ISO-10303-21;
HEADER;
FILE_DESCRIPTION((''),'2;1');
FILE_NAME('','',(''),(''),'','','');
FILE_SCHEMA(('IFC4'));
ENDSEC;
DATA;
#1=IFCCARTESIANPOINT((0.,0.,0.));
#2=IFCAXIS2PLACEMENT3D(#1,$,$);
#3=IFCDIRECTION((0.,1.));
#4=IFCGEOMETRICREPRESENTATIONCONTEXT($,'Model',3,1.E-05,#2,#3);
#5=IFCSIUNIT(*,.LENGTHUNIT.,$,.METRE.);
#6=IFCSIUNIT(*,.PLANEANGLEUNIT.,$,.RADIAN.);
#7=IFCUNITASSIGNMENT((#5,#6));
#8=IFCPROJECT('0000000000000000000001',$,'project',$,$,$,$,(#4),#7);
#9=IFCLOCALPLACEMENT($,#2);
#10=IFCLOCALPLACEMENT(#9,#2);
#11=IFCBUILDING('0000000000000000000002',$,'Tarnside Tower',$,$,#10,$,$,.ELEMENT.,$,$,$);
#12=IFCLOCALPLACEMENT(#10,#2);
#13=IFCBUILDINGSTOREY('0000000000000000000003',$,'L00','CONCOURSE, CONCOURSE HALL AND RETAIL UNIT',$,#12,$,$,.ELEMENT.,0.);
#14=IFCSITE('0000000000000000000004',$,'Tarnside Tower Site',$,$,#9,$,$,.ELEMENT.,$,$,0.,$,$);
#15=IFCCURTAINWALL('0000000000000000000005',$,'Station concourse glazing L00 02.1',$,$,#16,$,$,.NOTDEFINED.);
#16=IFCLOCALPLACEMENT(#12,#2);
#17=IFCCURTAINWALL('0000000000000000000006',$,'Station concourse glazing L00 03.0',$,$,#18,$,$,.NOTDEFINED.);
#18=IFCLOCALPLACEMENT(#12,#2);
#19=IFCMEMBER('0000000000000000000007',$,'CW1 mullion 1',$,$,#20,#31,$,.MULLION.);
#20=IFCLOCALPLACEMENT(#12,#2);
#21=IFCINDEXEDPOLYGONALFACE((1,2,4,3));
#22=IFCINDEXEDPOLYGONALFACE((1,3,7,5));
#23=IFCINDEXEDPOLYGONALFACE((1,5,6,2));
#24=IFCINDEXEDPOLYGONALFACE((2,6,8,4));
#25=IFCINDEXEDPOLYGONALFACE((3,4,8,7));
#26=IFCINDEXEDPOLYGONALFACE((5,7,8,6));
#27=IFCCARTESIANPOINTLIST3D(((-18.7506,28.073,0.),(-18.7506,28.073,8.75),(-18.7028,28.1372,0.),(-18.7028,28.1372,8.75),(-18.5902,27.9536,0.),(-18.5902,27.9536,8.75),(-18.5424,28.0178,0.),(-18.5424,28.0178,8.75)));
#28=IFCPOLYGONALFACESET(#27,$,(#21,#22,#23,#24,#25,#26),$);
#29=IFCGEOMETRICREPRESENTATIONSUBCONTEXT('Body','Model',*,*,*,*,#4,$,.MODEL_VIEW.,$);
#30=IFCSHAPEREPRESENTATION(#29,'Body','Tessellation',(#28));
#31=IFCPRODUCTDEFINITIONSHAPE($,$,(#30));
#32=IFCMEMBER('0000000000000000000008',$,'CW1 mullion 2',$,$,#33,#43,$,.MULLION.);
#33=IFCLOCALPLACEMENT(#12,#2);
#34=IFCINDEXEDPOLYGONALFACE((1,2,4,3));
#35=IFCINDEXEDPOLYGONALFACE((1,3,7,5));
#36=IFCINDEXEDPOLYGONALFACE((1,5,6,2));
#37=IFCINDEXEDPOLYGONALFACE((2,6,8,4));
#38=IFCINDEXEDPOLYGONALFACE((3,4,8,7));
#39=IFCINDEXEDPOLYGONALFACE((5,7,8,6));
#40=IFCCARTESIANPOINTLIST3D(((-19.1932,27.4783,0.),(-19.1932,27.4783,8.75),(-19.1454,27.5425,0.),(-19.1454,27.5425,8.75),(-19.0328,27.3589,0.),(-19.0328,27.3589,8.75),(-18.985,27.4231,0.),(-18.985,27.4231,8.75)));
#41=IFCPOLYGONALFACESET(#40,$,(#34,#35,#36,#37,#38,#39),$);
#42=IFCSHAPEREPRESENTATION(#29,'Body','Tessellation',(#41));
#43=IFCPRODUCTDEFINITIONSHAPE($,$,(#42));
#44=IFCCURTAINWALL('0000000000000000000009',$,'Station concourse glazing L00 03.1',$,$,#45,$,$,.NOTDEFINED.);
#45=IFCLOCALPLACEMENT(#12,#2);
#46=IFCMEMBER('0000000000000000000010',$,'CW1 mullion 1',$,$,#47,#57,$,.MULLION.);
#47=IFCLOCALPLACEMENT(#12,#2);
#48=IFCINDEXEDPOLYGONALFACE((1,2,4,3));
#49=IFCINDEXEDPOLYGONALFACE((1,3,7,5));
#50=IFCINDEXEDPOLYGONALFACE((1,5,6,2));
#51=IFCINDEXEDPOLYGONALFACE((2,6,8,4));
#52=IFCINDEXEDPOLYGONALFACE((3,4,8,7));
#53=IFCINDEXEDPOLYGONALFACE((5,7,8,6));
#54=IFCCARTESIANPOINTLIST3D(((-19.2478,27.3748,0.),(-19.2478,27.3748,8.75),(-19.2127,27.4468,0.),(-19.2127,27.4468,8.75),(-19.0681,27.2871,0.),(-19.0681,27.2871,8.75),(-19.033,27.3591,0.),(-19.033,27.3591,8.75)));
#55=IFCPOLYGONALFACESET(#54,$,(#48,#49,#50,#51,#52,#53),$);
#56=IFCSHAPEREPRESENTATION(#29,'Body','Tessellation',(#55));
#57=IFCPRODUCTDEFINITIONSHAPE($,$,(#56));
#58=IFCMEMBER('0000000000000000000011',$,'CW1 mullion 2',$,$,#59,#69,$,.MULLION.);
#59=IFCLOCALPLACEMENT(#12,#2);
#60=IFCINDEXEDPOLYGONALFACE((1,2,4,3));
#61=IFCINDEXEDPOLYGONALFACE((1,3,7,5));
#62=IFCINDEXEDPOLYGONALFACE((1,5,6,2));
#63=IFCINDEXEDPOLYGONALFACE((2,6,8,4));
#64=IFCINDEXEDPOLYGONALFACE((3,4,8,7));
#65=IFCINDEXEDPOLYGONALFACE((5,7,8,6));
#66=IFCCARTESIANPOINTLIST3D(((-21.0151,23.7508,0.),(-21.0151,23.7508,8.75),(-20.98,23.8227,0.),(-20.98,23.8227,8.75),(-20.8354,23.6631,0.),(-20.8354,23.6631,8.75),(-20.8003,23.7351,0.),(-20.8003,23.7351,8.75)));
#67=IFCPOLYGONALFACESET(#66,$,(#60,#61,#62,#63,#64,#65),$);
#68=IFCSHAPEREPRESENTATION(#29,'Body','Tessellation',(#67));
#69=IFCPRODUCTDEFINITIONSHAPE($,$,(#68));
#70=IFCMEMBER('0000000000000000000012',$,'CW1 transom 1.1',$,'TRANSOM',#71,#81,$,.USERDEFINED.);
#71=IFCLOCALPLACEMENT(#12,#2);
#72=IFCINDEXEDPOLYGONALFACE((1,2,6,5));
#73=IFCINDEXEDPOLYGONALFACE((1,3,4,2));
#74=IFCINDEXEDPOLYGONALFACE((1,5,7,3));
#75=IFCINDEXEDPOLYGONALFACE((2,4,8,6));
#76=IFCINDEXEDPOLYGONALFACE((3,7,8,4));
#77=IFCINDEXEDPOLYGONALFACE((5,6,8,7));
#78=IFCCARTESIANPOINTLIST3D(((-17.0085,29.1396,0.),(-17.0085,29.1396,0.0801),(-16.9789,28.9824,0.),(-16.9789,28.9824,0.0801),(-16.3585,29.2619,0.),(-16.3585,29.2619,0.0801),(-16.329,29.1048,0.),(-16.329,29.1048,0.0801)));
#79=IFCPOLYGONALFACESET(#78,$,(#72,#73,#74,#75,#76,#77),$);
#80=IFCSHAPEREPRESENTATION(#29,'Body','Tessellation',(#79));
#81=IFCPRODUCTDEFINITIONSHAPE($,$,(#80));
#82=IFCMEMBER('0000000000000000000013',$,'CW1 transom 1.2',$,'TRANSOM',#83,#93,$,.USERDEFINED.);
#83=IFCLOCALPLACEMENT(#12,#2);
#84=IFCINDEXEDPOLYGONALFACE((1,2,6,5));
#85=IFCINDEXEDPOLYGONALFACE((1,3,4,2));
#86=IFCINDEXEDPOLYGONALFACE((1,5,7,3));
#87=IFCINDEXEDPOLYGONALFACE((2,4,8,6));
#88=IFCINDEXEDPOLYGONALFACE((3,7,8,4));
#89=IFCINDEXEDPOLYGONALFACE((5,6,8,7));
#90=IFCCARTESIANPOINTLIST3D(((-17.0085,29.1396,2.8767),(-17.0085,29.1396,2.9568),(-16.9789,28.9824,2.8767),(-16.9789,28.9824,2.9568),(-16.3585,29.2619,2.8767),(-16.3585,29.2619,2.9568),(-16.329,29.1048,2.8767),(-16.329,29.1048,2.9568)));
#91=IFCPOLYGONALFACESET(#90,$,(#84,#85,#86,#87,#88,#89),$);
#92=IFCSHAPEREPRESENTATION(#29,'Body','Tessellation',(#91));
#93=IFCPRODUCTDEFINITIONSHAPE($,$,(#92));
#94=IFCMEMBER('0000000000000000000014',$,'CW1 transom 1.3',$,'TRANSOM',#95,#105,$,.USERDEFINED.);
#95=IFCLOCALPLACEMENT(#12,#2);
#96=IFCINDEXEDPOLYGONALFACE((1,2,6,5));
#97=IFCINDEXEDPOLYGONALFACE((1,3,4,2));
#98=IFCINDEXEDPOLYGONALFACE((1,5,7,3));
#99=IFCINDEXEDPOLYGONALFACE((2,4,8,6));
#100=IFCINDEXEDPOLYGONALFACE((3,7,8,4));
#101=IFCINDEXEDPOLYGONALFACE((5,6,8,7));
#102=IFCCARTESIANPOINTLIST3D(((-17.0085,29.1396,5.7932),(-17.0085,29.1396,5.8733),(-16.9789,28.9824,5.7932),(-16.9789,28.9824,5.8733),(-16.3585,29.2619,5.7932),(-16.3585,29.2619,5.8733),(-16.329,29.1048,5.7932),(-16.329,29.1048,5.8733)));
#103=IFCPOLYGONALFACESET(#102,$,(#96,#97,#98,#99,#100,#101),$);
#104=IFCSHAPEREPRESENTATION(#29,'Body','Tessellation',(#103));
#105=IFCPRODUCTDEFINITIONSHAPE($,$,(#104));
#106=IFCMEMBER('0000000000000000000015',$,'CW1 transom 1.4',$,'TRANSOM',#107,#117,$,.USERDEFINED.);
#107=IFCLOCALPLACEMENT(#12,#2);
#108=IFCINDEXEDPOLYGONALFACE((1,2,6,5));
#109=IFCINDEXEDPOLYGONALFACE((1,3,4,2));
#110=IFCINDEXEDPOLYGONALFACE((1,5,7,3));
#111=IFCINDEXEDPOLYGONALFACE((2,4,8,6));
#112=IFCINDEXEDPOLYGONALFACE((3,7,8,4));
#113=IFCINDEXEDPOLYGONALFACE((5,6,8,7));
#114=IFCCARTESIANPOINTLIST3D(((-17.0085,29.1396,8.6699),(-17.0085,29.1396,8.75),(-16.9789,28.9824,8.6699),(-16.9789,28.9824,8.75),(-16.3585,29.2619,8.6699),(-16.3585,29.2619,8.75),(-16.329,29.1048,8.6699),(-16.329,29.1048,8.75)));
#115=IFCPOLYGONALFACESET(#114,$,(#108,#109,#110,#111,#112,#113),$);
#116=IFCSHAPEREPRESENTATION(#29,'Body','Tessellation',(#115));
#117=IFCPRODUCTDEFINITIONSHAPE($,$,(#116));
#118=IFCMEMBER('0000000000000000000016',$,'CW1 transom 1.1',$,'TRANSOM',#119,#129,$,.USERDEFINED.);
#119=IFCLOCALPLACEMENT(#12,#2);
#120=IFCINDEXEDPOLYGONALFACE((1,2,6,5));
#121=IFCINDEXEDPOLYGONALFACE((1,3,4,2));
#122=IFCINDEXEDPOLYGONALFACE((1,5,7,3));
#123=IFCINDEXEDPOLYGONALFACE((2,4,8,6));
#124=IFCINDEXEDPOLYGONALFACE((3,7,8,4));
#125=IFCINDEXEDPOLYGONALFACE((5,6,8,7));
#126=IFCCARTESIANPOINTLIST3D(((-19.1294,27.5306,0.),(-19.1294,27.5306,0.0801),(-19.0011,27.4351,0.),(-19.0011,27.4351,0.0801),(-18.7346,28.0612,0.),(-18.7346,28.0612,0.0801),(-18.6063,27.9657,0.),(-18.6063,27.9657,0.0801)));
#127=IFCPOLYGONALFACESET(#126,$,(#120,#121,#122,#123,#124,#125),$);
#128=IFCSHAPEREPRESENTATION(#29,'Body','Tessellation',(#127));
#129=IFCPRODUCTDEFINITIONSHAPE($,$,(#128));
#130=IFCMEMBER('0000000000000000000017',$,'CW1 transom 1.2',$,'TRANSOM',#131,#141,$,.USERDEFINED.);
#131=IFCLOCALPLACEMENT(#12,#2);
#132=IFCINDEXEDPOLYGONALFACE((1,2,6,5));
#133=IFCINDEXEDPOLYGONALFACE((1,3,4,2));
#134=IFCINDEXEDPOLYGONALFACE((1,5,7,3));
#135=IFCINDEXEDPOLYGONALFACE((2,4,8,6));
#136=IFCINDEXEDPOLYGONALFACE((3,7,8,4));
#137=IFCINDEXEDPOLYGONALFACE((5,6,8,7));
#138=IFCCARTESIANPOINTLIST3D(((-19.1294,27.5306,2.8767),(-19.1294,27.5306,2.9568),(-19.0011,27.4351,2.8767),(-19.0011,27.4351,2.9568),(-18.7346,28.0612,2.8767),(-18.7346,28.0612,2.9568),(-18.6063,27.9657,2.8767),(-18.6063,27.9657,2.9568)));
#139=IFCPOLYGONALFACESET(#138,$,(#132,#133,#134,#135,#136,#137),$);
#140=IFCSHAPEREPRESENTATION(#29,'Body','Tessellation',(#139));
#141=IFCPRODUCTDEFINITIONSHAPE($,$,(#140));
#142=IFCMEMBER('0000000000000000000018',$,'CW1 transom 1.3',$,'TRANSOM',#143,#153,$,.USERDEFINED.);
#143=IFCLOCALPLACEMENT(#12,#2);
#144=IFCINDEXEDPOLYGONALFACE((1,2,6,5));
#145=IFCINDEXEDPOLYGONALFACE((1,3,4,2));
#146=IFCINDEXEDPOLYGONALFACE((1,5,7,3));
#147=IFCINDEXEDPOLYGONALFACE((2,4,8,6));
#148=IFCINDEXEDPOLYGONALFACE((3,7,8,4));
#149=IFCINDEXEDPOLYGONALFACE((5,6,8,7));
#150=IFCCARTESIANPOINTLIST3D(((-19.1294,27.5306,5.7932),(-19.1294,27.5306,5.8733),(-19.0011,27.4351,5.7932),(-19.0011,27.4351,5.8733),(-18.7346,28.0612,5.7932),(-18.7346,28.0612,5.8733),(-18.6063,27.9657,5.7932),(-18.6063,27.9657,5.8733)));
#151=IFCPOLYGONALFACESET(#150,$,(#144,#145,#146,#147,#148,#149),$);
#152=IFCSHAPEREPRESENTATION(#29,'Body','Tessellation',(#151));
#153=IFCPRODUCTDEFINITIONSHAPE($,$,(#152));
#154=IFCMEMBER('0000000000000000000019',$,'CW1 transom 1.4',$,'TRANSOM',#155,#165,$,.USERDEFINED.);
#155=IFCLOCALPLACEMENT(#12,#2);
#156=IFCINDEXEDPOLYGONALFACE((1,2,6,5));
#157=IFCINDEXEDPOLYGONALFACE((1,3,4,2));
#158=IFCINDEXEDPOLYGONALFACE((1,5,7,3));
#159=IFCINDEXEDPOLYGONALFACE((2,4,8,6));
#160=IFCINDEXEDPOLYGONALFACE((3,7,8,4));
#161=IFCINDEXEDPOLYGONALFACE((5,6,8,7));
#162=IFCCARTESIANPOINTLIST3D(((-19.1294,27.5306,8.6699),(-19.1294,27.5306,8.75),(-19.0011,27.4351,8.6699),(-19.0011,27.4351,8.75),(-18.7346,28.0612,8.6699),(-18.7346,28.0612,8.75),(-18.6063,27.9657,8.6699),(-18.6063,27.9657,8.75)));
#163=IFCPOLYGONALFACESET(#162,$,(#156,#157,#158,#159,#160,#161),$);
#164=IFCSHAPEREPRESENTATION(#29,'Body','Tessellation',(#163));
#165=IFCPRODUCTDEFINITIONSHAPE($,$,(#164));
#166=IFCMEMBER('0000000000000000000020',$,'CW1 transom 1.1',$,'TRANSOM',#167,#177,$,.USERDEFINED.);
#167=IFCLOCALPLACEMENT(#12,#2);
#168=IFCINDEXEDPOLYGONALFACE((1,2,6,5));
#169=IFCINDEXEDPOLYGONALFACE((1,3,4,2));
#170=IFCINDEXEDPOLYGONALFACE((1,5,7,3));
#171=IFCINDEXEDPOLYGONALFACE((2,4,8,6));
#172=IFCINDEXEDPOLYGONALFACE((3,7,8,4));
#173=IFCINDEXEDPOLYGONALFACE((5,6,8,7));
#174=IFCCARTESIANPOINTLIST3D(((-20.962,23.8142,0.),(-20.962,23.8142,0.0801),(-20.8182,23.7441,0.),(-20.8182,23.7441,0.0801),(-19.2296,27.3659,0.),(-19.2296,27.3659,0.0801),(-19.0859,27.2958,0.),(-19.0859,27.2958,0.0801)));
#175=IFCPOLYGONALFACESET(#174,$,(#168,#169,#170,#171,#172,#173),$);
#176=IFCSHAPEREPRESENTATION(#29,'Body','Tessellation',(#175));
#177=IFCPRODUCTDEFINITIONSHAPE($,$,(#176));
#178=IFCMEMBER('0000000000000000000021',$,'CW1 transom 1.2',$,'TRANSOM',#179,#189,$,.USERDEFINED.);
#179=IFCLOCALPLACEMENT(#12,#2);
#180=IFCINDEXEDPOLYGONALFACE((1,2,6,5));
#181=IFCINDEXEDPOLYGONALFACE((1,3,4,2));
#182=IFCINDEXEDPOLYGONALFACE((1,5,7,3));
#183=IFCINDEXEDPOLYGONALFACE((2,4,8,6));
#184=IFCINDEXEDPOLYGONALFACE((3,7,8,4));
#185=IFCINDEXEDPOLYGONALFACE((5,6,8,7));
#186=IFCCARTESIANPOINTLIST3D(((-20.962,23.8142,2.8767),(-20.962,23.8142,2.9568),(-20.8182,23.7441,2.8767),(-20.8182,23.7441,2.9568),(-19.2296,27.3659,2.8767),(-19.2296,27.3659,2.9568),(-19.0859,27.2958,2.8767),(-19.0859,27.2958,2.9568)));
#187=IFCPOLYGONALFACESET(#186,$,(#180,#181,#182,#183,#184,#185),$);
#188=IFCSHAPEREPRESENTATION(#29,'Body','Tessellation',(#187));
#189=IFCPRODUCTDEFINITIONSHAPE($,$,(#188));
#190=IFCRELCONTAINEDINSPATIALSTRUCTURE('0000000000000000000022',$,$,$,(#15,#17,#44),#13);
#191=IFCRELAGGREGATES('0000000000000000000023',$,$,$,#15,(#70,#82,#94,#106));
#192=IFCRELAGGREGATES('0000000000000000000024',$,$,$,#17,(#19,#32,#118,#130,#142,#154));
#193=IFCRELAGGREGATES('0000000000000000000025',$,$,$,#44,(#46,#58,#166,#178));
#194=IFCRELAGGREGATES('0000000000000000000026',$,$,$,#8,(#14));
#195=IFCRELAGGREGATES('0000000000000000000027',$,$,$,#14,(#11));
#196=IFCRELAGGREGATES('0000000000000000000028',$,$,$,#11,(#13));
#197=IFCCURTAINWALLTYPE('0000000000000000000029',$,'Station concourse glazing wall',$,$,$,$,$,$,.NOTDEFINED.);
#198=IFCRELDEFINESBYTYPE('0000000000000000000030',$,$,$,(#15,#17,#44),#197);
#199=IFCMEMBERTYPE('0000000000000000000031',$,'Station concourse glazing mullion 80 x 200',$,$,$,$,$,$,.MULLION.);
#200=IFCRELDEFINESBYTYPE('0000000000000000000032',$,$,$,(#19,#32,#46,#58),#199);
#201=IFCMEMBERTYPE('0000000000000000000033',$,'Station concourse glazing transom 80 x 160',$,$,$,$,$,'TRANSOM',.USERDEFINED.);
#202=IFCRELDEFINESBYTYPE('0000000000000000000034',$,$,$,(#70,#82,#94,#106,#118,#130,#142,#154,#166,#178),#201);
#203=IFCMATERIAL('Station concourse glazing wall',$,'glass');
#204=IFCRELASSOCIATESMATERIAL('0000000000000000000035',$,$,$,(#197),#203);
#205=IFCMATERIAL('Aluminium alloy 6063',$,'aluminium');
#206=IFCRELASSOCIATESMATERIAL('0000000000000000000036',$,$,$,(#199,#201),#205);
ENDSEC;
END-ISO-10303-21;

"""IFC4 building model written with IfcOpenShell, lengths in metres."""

from ifc_helpers import new_model, si_unit, direction, frame, origin, origin_2d, place, context, subcontext, project, spatial, rectangle, extrude, material, material_profile, profile_set, type_object, element, aggregate, save


model = new_model("IFC4")

# Units and contexts
model_context = context("Model", 3, precision=1e-05, world=origin(), true_north=direction((0.0, 1.0)))
body_context = subcontext(model_context, "Body", "Model", "MODEL_VIEW")
ifc_project = project(units=[si_unit("LENGTHUNIT", "METRE"), si_unit("PLANEANGLEUNIT", "RADIAN")], contexts=[model_context])

# Site, building, storey
site_placement = place(None, origin())
site = spatial("IfcSite", under=ifc_project, at=site_placement, Name="Tarnside Tower Site", CompositionType="ELEMENT", RefElevation=0.0)
building_placement = place(site_placement, origin())
building = spatial("IfcBuilding", under=site, at=building_placement, Name="Tarnside Tower", CompositionType="ELEMENT")
storey_placement = place(building_placement, origin())
storey = spatial("IfcBuildingStorey", under=building, at=storey_placement, Name="L00", Description="CONCOURSE, CONCOURSE HALL AND RETAIL UNIT", CompositionType="ELEMENT", Elevation=0.0)

# Shared definitions
ifc_material_1 = material(Name="Station concourse glazing wall", Category="glass")
curtain_wall_type = type_object("IfcCurtainWallType", Name="Station concourse glazing wall", PredefinedType="NOTDEFINED", material=ifc_material_1)
ifc_material_2 = material(Name="Aluminium alloy 6063", Category="aluminium")
ifc_material_profile_1 = material_profile(ifc_material_2, rectangle(XDim=0.2, YDim=0.0801, at=origin_2d()), Name="Station concourse glazing mullion 80 x 200")
ifc_profile_set_1 = profile_set([ifc_material_profile_1], Name="Aluminium alloy 6063")
member_type_1 = type_object("IfcMemberType", Name="Station concourse glazing mullion 80 x 200", PredefinedType="MULLION", material=ifc_profile_set_1)

# Curtain walls, members
curtain_wall_1_placement = place(storey_placement, origin())
curtain_wall_1 = element("IfcCurtainWall", 1, at=curtain_wall_1_placement, inside=storey, type_object=curtain_wall_type, Name="Station concourse glazing L00 02.1", PredefinedType="NOTDEFINED")
curtain_wall_2_placement = place(storey_placement, origin())
curtain_wall_2 = element("IfcCurtainWall", 2, at=curtain_wall_2_placement, inside=storey, type_object=curtain_wall_type, Name="Station concourse glazing L00 03.0", PredefinedType="NOTDEFINED")
member_1_placement = place(storey_placement, frame((-18.6465, 28.0454, 0.0), z_axis=(0.0, 0.0, 1.0), x_axis=(0.802123, -0.597159, 0.0)))
member_1 = element("IfcMember", 3, at=member_1_placement, type_object=member_type_1, Name="CW1 mullion 1", PredefinedType="MULLION", context=body_context, shape_type="SweptSolid", body=[
    extrude(rectangle(XDim=0.2, YDim=0.0801, at=origin_2d()), origin(), (0.0, 0.0, 1.0), 8.75),
])
member_2_placement = place(storey_placement, frame((-19.0891, 27.4507, 0.0), z_axis=(0.0, 0.0, 1.0), x_axis=(0.802123, -0.597159, 0.0)))
member_2 = element("IfcMember", 4, at=member_2_placement, type_object=member_type_1, Name="CW1 mullion 2", PredefinedType="MULLION", context=body_context, shape_type="SweptSolid", body=[
    extrude(rectangle(XDim=0.2, YDim=0.0801, at=origin_2d()), origin(), (0.0, 0.0, 1.0), 8.75),
])
curtain_wall_3_placement = place(storey_placement, origin())
curtain_wall_3 = element("IfcCurtainWall", 5, at=curtain_wall_3_placement, inside=storey, type_object=curtain_wall_type, Name="Station concourse glazing L00 03.1", PredefinedType="NOTDEFINED")
member_3_placement = place(storey_placement, frame((-19.1404, 27.3669, 0.0), z_axis=(0.0, 0.0, 1.0), x_axis=(0.898794, -0.438371, 0.0)))
member_3 = element("IfcMember", 6, at=member_3_placement, type_object=member_type_1, Name="CW1 mullion 1", PredefinedType="MULLION", context=body_context, shape_type="SweptSolid", body=[
    extrude(rectangle(XDim=0.2, YDim=0.0801, at=origin_2d()), origin(), (0.0, 0.0, 1.0), 8.75),
])
member_4_placement = place(storey_placement, frame((-20.9077, 23.7429, 0.0), z_axis=(0.0, 0.0, 1.0), x_axis=(0.898794, -0.438371, 0.0)))
member_4 = element("IfcMember", 7, at=member_4_placement, type_object=member_type_1, Name="CW1 mullion 2", PredefinedType="MULLION", context=body_context, shape_type="SweptSolid", body=[
    extrude(rectangle(XDim=0.2, YDim=0.0801, at=origin_2d()), origin(), (0.0, 0.0, 1.0), 8.75),
])

# Members
ifc_material_profile_2 = material_profile(ifc_material_2, rectangle(XDim=0.1599, YDim=0.0801, at=origin_2d()), Name="Station concourse glazing transom 80 x 160")
ifc_profile_set_2 = profile_set([ifc_material_profile_2], Name="Aluminium alloy 6063")
member_type_2 = type_object("IfcMemberType", Name="Station concourse glazing transom 80 x 160", ElementType="TRANSOM", PredefinedType="USERDEFINED", material=ifc_profile_set_2)
member_5_placement = place(storey_placement, frame((-16.3438, 29.1833, 0.04), z_axis=(-0.982747, -0.184957, 0.0), x_axis=(0.184957, -0.982747, 0.0)))
member_5 = element("IfcMember", 8, at=member_5_placement, type_object=member_type_2, Name="CW1 transom 1.1", ObjectType="TRANSOM", PredefinedType="USERDEFINED", context=body_context, shape_type="SweptSolid", body=[
    extrude(rectangle(XDim=0.1599, YDim=0.0801, at=origin_2d()), origin(), (0.0, 0.0, 1.0), 0.6614),
])
member_6_placement = place(storey_placement, frame((-16.3438, 29.1833, 2.9167), z_axis=(-0.982747, -0.184957, 0.0), x_axis=(0.184957, -0.982747, 0.0)))
member_6 = element("IfcMember", 9, at=member_6_placement, type_object=member_type_2, Name="CW1 transom 1.2", ObjectType="TRANSOM", PredefinedType="USERDEFINED", context=body_context, shape_type="SweptSolid", body=[
    extrude(rectangle(XDim=0.1599, YDim=0.0801, at=origin_2d()), origin(), (0.0, 0.0, 1.0), 0.6614),
])
member_7_placement = place(storey_placement, frame((-16.3438, 29.1833, 5.8333), z_axis=(-0.982747, -0.184957, 0.0), x_axis=(0.184957, -0.982747, 0.0)))
member_7 = element("IfcMember", 10, at=member_7_placement, type_object=member_type_2, Name="CW1 transom 1.3", ObjectType="TRANSOM", PredefinedType="USERDEFINED", context=body_context, shape_type="SweptSolid", body=[
    extrude(rectangle(XDim=0.1599, YDim=0.0801, at=origin_2d()), origin(), (0.0, 0.0, 1.0), 0.6614),
])
member_8_placement = place(storey_placement, frame((-16.3438, 29.1833, 8.71), z_axis=(-0.982747, -0.184957, 0.0), x_axis=(0.184957, -0.982747, 0.0)))
member_8 = element("IfcMember", 11, at=member_8_placement, type_object=member_type_2, Name="CW1 transom 1.4", ObjectType="TRANSOM", PredefinedType="USERDEFINED", context=body_context, shape_type="SweptSolid", body=[
    extrude(rectangle(XDim=0.1599, YDim=0.0801, at=origin_2d()), origin(), (0.0, 0.0, 1.0), 0.6614),
])
member_9_placement = place(storey_placement, frame((-18.6704, 28.0134, 0.04), z_axis=(-0.596983, -0.802254, 0.0), x_axis=(0.802254, -0.596983, 0.0)))
member_9 = element("IfcMember", 12, at=member_9_placement, type_object=member_type_2, Name="CW1 transom 1.1", ObjectType="TRANSOM", PredefinedType="USERDEFINED", context=body_context, shape_type="SweptSolid", body=[
    extrude(rectangle(XDim=0.1599, YDim=0.0801, at=origin_2d()), origin(), (0.0, 0.0, 1.0), 0.6614),
])
member_10_placement = place(storey_placement, frame((-18.6704, 28.0134, 2.9167), z_axis=(-0.596983, -0.802254, 0.0), x_axis=(0.802254, -0.596983, 0.0)))
member_10 = element("IfcMember", 13, at=member_10_placement, type_object=member_type_2, Name="CW1 transom 1.2", ObjectType="TRANSOM", PredefinedType="USERDEFINED", context=body_context, shape_type="SweptSolid", body=[
    extrude(rectangle(XDim=0.1599, YDim=0.0801, at=origin_2d()), origin(), (0.0, 0.0, 1.0), 0.6614),
])
member_11_placement = place(storey_placement, frame((-18.6704, 28.0134, 5.8333), z_axis=(-0.596983, -0.802254, 0.0), x_axis=(0.802254, -0.596983, 0.0)))
member_11 = element("IfcMember", 14, at=member_11_placement, type_object=member_type_2, Name="CW1 transom 1.3", ObjectType="TRANSOM", PredefinedType="USERDEFINED", context=body_context, shape_type="SweptSolid", body=[
    extrude(rectangle(XDim=0.1599, YDim=0.0801, at=origin_2d()), origin(), (0.0, 0.0, 1.0), 0.6614),
])
member_12_placement = place(storey_placement, frame((-18.6704, 28.0134, 8.71), z_axis=(-0.596983, -0.802254, 0.0), x_axis=(0.802254, -0.596983, 0.0)))
member_12 = element("IfcMember", 15, at=member_12_placement, type_object=member_type_2, Name="CW1 transom 1.4", ObjectType="TRANSOM", PredefinedType="USERDEFINED", context=body_context, shape_type="SweptSolid", body=[
    extrude(rectangle(XDim=0.1599, YDim=0.0801, at=origin_2d()), origin(), (0.0, 0.0, 1.0), 0.6614),
])
member_13_placement = place(storey_placement, frame((-19.1577, 27.3308, 0.04), z_axis=(-0.438394, -0.898783, 0.0), x_axis=(0.898783, -0.438394, 0.0)))
member_13 = element("IfcMember", 16, at=member_13_placement, type_object=member_type_2, Name="CW1 transom 1.1", ObjectType="TRANSOM", PredefinedType="USERDEFINED", context=body_context, shape_type="SweptSolid", body=[
    extrude(rectangle(XDim=0.1599, YDim=0.0801, at=origin_2d()), origin(), (0.0, 0.0, 1.0), 3.9517),
])
member_14_placement = place(storey_placement, frame((-19.1577, 27.3308, 2.9167), z_axis=(-0.438394, -0.898783, 0.0), x_axis=(0.898783, -0.438394, 0.0)))
member_14 = element("IfcMember", 17, at=member_14_placement, type_object=member_type_2, Name="CW1 transom 1.2", ObjectType="TRANSOM", PredefinedType="USERDEFINED", context=body_context, shape_type="SweptSolid", body=[
    extrude(rectangle(XDim=0.1599, YDim=0.0801, at=origin_2d()), origin(), (0.0, 0.0, 1.0), 3.9517),
])

aggregate(curtain_wall_1, [member_5, member_6, member_7, member_8])
aggregate(curtain_wall_2, [member_1, member_2, member_9, member_10, member_11, member_12])
aggregate(curtain_wall_3, [member_3, member_4, member_13, member_14])

save(model, "model.ifc")
